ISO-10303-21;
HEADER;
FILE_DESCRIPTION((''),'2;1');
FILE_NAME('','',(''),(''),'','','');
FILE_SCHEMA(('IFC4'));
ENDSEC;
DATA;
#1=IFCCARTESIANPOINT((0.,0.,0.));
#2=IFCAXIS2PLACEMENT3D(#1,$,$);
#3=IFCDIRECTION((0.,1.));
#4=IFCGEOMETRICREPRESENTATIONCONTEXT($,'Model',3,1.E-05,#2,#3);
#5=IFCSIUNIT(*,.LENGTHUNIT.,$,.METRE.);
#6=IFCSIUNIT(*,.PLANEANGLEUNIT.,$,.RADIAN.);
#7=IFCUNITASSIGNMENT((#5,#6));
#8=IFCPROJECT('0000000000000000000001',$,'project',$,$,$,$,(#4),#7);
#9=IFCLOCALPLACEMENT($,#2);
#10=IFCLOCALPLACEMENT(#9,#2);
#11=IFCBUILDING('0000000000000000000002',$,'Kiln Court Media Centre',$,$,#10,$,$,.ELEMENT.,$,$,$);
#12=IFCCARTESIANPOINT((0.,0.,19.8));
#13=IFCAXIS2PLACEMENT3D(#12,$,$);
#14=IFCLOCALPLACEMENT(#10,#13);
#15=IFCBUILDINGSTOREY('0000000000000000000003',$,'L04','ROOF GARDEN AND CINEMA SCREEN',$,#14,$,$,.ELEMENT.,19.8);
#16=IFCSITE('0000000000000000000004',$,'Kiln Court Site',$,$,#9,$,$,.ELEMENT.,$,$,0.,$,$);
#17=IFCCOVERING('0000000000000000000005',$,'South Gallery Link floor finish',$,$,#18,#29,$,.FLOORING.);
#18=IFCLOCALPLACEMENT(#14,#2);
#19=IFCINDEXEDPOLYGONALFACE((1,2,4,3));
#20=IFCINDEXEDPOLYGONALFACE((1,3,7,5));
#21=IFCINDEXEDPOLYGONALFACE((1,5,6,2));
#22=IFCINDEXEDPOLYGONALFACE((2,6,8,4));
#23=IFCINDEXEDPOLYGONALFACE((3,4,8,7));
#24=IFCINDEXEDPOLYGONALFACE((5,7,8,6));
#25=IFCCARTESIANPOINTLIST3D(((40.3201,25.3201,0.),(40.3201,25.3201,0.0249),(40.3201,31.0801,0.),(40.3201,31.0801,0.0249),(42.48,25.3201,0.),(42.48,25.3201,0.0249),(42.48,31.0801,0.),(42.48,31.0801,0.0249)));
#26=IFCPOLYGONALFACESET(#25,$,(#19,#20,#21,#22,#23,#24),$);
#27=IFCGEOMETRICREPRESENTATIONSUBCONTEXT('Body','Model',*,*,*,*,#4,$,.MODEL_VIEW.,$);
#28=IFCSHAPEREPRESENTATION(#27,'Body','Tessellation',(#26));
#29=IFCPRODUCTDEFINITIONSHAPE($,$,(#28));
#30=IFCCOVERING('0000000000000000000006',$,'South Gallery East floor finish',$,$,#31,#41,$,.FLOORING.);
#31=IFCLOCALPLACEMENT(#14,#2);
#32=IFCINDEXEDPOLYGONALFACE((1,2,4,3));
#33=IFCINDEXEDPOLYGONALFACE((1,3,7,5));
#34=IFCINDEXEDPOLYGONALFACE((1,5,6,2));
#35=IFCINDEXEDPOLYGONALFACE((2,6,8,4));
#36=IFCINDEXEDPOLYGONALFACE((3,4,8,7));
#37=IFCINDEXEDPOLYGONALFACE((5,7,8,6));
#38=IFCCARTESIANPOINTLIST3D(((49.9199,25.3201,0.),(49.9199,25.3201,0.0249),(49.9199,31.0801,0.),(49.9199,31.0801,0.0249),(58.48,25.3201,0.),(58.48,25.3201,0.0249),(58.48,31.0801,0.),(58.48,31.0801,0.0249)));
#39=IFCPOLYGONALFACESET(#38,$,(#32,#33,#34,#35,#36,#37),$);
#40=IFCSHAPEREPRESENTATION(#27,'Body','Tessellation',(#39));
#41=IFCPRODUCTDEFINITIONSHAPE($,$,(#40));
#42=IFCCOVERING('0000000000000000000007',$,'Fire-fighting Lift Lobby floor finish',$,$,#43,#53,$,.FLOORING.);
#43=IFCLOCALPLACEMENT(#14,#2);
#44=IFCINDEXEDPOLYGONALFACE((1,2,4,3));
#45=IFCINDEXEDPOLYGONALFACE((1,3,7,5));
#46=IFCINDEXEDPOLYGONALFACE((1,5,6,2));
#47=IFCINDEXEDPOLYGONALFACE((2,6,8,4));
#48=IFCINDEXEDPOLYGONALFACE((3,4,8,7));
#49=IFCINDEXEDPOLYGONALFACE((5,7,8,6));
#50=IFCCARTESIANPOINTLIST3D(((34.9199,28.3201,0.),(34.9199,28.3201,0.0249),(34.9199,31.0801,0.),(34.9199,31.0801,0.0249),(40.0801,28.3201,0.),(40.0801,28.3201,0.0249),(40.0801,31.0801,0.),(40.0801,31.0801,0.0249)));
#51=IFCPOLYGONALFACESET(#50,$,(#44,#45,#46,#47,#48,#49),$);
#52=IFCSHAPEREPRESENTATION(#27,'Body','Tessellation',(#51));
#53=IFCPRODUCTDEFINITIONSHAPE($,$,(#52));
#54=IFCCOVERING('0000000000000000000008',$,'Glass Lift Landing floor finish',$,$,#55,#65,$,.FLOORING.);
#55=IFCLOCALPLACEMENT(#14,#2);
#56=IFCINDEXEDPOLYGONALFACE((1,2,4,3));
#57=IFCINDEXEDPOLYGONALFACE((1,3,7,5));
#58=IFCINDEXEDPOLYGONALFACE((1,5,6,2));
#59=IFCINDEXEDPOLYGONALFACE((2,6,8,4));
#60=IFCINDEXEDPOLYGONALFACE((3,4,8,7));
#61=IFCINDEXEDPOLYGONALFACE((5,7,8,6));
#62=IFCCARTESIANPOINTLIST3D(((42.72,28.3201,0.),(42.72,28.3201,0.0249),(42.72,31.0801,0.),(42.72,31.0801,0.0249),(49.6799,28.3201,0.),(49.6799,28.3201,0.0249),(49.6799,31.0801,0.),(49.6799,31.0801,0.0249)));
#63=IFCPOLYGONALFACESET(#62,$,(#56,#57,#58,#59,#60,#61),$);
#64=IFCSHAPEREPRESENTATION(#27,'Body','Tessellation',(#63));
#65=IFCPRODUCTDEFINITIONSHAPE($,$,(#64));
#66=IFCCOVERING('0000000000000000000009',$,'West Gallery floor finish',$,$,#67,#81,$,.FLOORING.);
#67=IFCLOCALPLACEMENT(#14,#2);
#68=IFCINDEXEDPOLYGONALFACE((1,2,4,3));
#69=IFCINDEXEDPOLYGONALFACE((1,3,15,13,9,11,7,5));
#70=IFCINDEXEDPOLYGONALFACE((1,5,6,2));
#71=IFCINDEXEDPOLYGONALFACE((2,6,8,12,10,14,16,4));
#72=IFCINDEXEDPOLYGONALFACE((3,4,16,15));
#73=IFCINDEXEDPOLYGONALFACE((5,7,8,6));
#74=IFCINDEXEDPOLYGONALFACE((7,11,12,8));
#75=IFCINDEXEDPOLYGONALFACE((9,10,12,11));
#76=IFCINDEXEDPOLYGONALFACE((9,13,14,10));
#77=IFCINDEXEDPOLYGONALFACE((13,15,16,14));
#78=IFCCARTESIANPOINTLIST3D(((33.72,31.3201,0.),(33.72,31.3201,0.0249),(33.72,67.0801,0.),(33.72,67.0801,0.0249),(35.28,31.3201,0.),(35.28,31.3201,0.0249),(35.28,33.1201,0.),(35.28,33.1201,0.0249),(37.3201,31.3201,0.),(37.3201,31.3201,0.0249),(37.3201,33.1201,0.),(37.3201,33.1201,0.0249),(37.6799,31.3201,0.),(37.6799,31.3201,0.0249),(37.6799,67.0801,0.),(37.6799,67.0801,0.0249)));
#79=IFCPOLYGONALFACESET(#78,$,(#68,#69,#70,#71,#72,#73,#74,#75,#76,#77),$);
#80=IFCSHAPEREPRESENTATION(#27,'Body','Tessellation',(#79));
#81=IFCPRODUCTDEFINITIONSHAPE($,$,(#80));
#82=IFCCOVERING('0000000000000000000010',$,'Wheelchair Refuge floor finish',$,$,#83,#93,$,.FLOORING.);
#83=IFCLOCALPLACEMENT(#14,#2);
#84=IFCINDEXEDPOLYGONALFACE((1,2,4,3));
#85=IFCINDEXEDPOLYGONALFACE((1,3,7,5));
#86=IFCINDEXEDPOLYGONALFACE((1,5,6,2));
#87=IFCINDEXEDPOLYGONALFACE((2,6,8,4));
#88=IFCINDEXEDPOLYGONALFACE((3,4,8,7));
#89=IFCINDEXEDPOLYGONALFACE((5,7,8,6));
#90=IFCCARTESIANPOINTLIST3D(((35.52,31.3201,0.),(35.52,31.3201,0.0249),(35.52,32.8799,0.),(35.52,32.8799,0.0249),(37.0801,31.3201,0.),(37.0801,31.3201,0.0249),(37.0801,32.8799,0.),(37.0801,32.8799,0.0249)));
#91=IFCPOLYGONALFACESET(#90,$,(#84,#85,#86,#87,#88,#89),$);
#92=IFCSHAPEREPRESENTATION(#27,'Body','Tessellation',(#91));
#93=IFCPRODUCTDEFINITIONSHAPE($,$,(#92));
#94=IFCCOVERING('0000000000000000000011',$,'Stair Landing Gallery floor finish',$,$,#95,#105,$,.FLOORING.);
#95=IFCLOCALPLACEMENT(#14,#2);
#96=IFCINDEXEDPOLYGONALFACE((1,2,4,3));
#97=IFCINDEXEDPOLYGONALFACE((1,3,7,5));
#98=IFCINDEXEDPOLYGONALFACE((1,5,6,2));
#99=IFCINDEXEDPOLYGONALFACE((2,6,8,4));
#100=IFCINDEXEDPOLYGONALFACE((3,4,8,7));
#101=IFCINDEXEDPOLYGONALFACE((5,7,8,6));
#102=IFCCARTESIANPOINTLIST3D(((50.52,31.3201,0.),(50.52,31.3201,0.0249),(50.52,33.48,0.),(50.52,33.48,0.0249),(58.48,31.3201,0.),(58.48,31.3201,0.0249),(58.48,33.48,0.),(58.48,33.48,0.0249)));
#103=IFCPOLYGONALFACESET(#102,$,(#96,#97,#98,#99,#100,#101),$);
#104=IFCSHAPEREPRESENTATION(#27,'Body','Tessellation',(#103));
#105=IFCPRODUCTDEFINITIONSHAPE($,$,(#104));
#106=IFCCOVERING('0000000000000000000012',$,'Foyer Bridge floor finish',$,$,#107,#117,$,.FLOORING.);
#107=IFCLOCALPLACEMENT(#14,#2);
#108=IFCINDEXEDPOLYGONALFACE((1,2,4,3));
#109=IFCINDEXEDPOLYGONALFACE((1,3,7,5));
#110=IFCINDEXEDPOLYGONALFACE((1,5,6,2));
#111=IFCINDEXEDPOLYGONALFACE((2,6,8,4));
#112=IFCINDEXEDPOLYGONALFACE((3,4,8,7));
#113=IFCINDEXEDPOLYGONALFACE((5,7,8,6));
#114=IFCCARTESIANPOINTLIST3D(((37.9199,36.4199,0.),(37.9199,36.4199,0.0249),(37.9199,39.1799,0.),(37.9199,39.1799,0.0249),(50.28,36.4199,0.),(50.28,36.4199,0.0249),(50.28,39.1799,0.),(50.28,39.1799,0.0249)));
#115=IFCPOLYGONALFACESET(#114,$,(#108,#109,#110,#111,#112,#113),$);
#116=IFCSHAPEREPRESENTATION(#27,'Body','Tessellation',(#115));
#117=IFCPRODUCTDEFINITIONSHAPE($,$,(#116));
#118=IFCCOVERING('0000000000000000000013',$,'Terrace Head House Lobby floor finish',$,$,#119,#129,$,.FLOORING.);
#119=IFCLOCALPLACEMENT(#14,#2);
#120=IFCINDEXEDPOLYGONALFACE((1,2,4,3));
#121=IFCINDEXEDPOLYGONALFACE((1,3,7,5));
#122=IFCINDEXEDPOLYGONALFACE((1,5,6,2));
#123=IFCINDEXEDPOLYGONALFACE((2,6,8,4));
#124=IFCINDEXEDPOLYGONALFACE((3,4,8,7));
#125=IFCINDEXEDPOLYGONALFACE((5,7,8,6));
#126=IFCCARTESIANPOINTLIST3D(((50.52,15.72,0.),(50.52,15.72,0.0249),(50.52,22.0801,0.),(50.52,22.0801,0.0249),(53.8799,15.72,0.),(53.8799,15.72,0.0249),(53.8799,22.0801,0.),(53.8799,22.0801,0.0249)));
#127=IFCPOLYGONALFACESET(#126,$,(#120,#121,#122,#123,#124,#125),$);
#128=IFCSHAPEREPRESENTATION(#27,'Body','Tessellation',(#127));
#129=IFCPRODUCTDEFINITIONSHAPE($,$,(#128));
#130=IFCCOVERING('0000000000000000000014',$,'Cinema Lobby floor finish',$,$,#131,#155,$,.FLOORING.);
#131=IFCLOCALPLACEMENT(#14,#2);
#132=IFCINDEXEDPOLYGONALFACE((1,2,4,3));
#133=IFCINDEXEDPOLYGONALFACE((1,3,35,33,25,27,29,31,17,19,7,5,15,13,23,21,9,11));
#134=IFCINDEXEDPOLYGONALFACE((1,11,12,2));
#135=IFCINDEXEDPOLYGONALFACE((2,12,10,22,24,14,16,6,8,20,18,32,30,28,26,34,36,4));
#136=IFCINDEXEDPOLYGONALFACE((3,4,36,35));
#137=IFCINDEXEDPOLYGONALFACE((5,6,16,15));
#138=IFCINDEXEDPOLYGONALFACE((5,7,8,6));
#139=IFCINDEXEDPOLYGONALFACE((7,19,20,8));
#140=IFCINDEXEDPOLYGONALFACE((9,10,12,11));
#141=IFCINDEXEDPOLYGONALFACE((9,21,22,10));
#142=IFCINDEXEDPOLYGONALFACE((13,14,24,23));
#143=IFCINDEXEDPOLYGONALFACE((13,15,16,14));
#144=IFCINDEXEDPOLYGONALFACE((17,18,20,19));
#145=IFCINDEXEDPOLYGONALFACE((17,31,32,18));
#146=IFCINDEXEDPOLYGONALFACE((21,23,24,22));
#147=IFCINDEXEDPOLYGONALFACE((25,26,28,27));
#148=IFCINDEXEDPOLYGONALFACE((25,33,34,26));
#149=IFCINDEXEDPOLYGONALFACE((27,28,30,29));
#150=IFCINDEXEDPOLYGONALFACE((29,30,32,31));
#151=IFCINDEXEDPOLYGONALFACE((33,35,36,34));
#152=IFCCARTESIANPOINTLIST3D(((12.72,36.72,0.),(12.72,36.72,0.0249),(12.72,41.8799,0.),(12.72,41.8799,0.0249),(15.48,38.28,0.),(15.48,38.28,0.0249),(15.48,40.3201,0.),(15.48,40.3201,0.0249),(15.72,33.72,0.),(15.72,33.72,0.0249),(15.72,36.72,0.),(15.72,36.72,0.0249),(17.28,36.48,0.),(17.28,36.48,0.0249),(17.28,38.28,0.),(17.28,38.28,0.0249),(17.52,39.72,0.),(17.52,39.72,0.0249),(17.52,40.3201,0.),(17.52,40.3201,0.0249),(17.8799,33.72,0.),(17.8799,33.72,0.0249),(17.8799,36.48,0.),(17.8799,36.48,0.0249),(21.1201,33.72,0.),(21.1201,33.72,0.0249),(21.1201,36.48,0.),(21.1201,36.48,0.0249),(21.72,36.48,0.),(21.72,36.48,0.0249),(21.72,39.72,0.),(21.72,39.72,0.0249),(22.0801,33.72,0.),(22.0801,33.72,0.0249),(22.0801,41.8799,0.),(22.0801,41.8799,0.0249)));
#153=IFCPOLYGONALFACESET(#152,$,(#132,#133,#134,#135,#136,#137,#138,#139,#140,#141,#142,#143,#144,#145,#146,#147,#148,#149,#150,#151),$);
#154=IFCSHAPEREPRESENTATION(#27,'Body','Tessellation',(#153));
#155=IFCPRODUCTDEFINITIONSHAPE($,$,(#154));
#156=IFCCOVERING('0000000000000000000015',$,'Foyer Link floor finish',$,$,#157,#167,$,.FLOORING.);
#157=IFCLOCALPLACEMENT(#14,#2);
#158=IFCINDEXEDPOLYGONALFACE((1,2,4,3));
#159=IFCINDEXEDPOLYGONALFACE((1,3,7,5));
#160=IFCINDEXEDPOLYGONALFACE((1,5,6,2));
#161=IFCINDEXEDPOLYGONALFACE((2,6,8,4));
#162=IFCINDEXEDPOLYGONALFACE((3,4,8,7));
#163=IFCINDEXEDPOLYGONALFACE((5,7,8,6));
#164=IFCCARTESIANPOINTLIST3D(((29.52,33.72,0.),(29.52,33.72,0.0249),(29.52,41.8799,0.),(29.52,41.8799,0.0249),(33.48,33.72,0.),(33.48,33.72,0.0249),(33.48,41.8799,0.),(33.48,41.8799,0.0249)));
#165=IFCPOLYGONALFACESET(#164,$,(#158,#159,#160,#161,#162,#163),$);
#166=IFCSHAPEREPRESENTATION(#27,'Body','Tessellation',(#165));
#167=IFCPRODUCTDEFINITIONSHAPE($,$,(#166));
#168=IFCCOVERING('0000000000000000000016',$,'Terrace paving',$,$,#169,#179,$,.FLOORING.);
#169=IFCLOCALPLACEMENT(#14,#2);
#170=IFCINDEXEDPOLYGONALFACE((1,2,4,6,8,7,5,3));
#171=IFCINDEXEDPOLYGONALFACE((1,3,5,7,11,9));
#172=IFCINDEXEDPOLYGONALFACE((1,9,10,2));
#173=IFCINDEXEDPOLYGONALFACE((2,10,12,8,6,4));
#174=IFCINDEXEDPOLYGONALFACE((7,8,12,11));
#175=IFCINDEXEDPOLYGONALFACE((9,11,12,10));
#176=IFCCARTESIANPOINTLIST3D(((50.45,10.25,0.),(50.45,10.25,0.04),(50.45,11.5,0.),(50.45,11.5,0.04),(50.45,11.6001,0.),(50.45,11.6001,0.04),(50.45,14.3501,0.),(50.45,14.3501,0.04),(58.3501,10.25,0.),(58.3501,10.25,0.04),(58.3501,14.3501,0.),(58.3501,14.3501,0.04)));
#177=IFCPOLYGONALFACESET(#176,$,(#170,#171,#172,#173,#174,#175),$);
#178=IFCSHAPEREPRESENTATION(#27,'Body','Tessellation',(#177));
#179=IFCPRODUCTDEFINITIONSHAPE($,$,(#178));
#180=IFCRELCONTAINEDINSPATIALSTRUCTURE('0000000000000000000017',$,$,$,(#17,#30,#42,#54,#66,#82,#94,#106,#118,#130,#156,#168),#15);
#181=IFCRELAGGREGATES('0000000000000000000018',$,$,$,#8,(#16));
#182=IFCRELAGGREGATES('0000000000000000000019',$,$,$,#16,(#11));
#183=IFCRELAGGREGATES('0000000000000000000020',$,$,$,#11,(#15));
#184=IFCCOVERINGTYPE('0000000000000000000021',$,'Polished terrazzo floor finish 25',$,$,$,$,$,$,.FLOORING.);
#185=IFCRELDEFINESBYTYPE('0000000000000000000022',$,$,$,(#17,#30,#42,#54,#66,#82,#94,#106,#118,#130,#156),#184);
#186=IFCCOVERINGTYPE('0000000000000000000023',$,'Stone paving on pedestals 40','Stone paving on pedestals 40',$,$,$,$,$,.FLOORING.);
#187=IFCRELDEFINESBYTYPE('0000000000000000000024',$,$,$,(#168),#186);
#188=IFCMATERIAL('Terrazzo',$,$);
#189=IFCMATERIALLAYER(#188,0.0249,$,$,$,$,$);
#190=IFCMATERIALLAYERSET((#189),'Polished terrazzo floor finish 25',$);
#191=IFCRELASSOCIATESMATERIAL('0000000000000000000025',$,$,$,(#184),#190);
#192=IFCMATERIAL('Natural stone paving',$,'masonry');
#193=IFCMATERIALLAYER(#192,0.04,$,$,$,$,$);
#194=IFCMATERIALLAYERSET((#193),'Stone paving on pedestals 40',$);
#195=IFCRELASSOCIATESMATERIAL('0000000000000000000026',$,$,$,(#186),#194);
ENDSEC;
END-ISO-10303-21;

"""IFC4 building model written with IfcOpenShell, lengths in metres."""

from ifc_helpers import new_model, si_unit, direction, frame, origin, place, context, subcontext, project, spatial, polyline, outline, extrude, material, layer, layer_set, type_object, element, save


model = new_model("IFC4")

# Units and contexts
model_context = context("Model", 3, precision=1e-05, world=origin(), true_north=direction((0.0, 1.0)))
body_context = subcontext(model_context, "Body", "Model", "MODEL_VIEW")
ifc_project = project(units=[si_unit("LENGTHUNIT", "METRE"), si_unit("PLANEANGLEUNIT", "RADIAN")], contexts=[model_context])

# Site, building, storey
site_placement = place(None, origin())
site = spatial("IfcSite", under=ifc_project, at=site_placement, Name="Kiln Court Site", CompositionType="ELEMENT", RefElevation=0.0)
building_placement = place(site_placement, origin())
building = spatial("IfcBuilding", under=site, at=building_placement, Name="Kiln Court Media Centre", CompositionType="ELEMENT")
storey_placement = place(building_placement, frame((0.0, 0.0, 19.8)))
storey = spatial("IfcBuildingStorey", under=building, at=storey_placement, Name="L04", Description="ROOF GARDEN AND CINEMA SCREEN", CompositionType="ELEMENT", Elevation=19.8)

# Coverings
ifc_material_1 = material(Name="Terrazzo")
ifc_layer_1 = layer(ifc_material_1, 0.0249)
ifc_layer_set_1 = layer_set([ifc_layer_1], Name="Polished terrazzo floor finish 25")
covering_type_1 = type_object("IfcCoveringType", Name="Polished terrazzo floor finish 25", PredefinedType="FLOORING", material=ifc_layer_set_1)
covering_1_placement = place(storey_placement, origin())
element("IfcCovering", 1, at=covering_1_placement, inside=storey, type_object=covering_type_1, Name="South Gallery Link floor finish", PredefinedType="FLOORING", context=body_context, shape_type="SweptSolid", body=[
    extrude(outline(polyline([(40.3201, 25.3201), (42.48, 25.3201), (42.48, 31.0801), (40.3201, 31.0801), (40.3201, 25.3201)])), origin(), (0.0, 0.0, 1.0), 0.0249),
])
covering_2_placement = place(storey_placement, origin())
element("IfcCovering", 2, at=covering_2_placement, inside=storey, type_object=covering_type_1, Name="South Gallery East floor finish", PredefinedType="FLOORING", context=body_context, shape_type="SweptSolid", body=[
    extrude(outline(polyline([(49.9199, 25.3201), (58.48, 25.3201), (58.48, 31.0801), (49.9199, 31.0801), (49.9199, 25.3201)])), origin(), (0.0, 0.0, 1.0), 0.0249),
])
covering_3_placement = place(storey_placement, origin())
element("IfcCovering", 3, at=covering_3_placement, inside=storey, type_object=covering_type_1, Name="Fire-fighting Lift Lobby floor finish", PredefinedType="FLOORING", context=body_context, shape_type="SweptSolid", body=[
    extrude(outline(polyline([(34.9199, 28.3201), (40.0801, 28.3201), (40.0801, 31.0801), (34.9199, 31.0801), (34.9199, 28.3201)])), origin(), (0.0, 0.0, 1.0), 0.0249),
])
covering_4_placement = place(storey_placement, origin())
element("IfcCovering", 4, at=covering_4_placement, inside=storey, type_object=covering_type_1, Name="Glass Lift Landing floor finish", PredefinedType="FLOORING", context=body_context, shape_type="SweptSolid", body=[
    extrude(outline(polyline([(42.72, 28.3201), (49.6799, 28.3201), (49.6799, 31.0801), (42.72, 31.0801), (42.72, 28.3201)])), origin(), (0.0, 0.0, 1.0), 0.0249),
])
covering_5_placement = place(storey_placement, origin())
element("IfcCovering", 5, at=covering_5_placement, inside=storey, type_object=covering_type_1, Name="West Gallery floor finish", PredefinedType="FLOORING", context=body_context, shape_type="SweptSolid", body=[
    extrude(outline(polyline([(33.72, 31.3201), (35.28, 31.3201), (35.28, 33.1201), (37.3201, 33.1201), (37.3201, 31.3201), (37.6799, 31.3201), (37.6799, 67.0801), (33.72, 67.0801), (33.72, 31.3201)])), origin(), (0.0, 0.0, 1.0), 0.0249),
])
covering_6_placement = place(storey_placement, origin())
element("IfcCovering", 6, at=covering_6_placement, inside=storey, type_object=covering_type_1, Name="Wheelchair Refuge floor finish", PredefinedType="FLOORING", context=body_context, shape_type="SweptSolid", body=[
    extrude(outline(polyline([(35.52, 31.3201), (37.0801, 31.3201), (37.0801, 32.8799), (35.52, 32.8799), (35.52, 31.3201)])), origin(), (0.0, 0.0, 1.0), 0.0249),
])
covering_7_placement = place(storey_placement, origin())
element("IfcCovering", 7, at=covering_7_placement, inside=storey, type_object=covering_type_1, Name="Stair Landing Gallery floor finish", PredefinedType="FLOORING", context=body_context, shape_type="SweptSolid", body=[
    extrude(outline(polyline([(50.52, 31.3201), (58.48, 31.3201), (58.48, 33.48), (50.52, 33.48), (50.52, 31.3201)])), origin(), (0.0, 0.0, 1.0), 0.0249),
])
covering_8_placement = place(storey_placement, origin())
element("IfcCovering", 8, at=covering_8_placement, inside=storey, type_object=covering_type_1, Name="Foyer Bridge floor finish", PredefinedType="FLOORING", context=body_context, shape_type="SweptSolid", body=[
    extrude(outline(polyline([(50.28, 36.4199), (50.28, 39.1799), (37.9199, 39.1799), (37.9199, 36.4199), (50.28, 36.4199)])), origin(), (0.0, 0.0, 1.0), 0.0249),
])
covering_9_placement = place(storey_placement, origin())
element("IfcCovering", 9, at=covering_9_placement, inside=storey, type_object=covering_type_1, Name="Terrace Head House Lobby floor finish", PredefinedType="FLOORING", context=body_context, shape_type="SweptSolid", body=[
    extrude(outline(polyline([(50.52, 15.72), (53.8799, 15.72), (53.8799, 22.0801), (50.52, 22.0801), (50.52, 15.72)])), origin(), (0.0, 0.0, 1.0), 0.0249),
])
covering_10_placement = place(storey_placement, origin())
element("IfcCovering", 10, at=covering_10_placement, inside=storey, type_object=covering_type_1, Name="Cinema Lobby floor finish", PredefinedType="FLOORING", context=body_context, shape_type="SweptSolid", body=[
    extrude(outline(polyline([(17.28, 36.48), (17.28, 38.28), (15.48, 38.28), (15.48, 40.3201), (17.52, 40.3201), (17.52, 39.72), (21.72, 39.72), (21.72, 36.48), (21.1201, 36.48), (21.1201, 33.72), (22.0801, 33.72), (22.0801, 41.8799), (12.72, 41.8799), (12.72, 36.72), (15.72, 36.72), (15.72, 33.72), (17.8799, 33.72), (17.8799, 36.48), (17.28, 36.48)])), origin(), (0.0, 0.0, 1.0), 0.0249),
])
covering_11_placement = place(storey_placement, origin())
element("IfcCovering", 11, at=covering_11_placement, inside=storey, type_object=covering_type_1, Name="Foyer Link floor finish", PredefinedType="FLOORING", context=body_context, shape_type="SweptSolid", body=[
    extrude(outline(polyline([(29.52, 33.72), (33.48, 33.72), (33.48, 41.8799), (29.52, 41.8799), (29.52, 33.72)])), origin(), (0.0, 0.0, 1.0), 0.0249),
])
ifc_material_2 = material(Name="Natural stone paving", Category="masonry")
ifc_layer_2 = layer(ifc_material_2, 0.04)
ifc_layer_set_2 = layer_set([ifc_layer_2], Name="Stone paving on pedestals 40")
covering_type_2 = type_object("IfcCoveringType", Name="Stone paving on pedestals 40", Description="Stone paving on pedestals 40", PredefinedType="FLOORING", material=ifc_layer_set_2)
covering_12_placement = place(storey_placement, origin())
element("IfcCovering", 12, at=covering_12_placement, inside=storey, type_object=covering_type_2, Name="Terrace paving", PredefinedType="FLOORING", context=body_context, shape_type="SweptSolid", body=[
    extrude(outline(polyline([(58.3501, 10.25), (50.45, 10.25), (50.45, 11.5), (50.45, 11.6001), (50.45, 14.3501), (58.3501, 14.3501), (58.3501, 10.25)])), origin(), (0.0, 0.0, 1.0), 0.04),
])

save(model, "model.ifc")
